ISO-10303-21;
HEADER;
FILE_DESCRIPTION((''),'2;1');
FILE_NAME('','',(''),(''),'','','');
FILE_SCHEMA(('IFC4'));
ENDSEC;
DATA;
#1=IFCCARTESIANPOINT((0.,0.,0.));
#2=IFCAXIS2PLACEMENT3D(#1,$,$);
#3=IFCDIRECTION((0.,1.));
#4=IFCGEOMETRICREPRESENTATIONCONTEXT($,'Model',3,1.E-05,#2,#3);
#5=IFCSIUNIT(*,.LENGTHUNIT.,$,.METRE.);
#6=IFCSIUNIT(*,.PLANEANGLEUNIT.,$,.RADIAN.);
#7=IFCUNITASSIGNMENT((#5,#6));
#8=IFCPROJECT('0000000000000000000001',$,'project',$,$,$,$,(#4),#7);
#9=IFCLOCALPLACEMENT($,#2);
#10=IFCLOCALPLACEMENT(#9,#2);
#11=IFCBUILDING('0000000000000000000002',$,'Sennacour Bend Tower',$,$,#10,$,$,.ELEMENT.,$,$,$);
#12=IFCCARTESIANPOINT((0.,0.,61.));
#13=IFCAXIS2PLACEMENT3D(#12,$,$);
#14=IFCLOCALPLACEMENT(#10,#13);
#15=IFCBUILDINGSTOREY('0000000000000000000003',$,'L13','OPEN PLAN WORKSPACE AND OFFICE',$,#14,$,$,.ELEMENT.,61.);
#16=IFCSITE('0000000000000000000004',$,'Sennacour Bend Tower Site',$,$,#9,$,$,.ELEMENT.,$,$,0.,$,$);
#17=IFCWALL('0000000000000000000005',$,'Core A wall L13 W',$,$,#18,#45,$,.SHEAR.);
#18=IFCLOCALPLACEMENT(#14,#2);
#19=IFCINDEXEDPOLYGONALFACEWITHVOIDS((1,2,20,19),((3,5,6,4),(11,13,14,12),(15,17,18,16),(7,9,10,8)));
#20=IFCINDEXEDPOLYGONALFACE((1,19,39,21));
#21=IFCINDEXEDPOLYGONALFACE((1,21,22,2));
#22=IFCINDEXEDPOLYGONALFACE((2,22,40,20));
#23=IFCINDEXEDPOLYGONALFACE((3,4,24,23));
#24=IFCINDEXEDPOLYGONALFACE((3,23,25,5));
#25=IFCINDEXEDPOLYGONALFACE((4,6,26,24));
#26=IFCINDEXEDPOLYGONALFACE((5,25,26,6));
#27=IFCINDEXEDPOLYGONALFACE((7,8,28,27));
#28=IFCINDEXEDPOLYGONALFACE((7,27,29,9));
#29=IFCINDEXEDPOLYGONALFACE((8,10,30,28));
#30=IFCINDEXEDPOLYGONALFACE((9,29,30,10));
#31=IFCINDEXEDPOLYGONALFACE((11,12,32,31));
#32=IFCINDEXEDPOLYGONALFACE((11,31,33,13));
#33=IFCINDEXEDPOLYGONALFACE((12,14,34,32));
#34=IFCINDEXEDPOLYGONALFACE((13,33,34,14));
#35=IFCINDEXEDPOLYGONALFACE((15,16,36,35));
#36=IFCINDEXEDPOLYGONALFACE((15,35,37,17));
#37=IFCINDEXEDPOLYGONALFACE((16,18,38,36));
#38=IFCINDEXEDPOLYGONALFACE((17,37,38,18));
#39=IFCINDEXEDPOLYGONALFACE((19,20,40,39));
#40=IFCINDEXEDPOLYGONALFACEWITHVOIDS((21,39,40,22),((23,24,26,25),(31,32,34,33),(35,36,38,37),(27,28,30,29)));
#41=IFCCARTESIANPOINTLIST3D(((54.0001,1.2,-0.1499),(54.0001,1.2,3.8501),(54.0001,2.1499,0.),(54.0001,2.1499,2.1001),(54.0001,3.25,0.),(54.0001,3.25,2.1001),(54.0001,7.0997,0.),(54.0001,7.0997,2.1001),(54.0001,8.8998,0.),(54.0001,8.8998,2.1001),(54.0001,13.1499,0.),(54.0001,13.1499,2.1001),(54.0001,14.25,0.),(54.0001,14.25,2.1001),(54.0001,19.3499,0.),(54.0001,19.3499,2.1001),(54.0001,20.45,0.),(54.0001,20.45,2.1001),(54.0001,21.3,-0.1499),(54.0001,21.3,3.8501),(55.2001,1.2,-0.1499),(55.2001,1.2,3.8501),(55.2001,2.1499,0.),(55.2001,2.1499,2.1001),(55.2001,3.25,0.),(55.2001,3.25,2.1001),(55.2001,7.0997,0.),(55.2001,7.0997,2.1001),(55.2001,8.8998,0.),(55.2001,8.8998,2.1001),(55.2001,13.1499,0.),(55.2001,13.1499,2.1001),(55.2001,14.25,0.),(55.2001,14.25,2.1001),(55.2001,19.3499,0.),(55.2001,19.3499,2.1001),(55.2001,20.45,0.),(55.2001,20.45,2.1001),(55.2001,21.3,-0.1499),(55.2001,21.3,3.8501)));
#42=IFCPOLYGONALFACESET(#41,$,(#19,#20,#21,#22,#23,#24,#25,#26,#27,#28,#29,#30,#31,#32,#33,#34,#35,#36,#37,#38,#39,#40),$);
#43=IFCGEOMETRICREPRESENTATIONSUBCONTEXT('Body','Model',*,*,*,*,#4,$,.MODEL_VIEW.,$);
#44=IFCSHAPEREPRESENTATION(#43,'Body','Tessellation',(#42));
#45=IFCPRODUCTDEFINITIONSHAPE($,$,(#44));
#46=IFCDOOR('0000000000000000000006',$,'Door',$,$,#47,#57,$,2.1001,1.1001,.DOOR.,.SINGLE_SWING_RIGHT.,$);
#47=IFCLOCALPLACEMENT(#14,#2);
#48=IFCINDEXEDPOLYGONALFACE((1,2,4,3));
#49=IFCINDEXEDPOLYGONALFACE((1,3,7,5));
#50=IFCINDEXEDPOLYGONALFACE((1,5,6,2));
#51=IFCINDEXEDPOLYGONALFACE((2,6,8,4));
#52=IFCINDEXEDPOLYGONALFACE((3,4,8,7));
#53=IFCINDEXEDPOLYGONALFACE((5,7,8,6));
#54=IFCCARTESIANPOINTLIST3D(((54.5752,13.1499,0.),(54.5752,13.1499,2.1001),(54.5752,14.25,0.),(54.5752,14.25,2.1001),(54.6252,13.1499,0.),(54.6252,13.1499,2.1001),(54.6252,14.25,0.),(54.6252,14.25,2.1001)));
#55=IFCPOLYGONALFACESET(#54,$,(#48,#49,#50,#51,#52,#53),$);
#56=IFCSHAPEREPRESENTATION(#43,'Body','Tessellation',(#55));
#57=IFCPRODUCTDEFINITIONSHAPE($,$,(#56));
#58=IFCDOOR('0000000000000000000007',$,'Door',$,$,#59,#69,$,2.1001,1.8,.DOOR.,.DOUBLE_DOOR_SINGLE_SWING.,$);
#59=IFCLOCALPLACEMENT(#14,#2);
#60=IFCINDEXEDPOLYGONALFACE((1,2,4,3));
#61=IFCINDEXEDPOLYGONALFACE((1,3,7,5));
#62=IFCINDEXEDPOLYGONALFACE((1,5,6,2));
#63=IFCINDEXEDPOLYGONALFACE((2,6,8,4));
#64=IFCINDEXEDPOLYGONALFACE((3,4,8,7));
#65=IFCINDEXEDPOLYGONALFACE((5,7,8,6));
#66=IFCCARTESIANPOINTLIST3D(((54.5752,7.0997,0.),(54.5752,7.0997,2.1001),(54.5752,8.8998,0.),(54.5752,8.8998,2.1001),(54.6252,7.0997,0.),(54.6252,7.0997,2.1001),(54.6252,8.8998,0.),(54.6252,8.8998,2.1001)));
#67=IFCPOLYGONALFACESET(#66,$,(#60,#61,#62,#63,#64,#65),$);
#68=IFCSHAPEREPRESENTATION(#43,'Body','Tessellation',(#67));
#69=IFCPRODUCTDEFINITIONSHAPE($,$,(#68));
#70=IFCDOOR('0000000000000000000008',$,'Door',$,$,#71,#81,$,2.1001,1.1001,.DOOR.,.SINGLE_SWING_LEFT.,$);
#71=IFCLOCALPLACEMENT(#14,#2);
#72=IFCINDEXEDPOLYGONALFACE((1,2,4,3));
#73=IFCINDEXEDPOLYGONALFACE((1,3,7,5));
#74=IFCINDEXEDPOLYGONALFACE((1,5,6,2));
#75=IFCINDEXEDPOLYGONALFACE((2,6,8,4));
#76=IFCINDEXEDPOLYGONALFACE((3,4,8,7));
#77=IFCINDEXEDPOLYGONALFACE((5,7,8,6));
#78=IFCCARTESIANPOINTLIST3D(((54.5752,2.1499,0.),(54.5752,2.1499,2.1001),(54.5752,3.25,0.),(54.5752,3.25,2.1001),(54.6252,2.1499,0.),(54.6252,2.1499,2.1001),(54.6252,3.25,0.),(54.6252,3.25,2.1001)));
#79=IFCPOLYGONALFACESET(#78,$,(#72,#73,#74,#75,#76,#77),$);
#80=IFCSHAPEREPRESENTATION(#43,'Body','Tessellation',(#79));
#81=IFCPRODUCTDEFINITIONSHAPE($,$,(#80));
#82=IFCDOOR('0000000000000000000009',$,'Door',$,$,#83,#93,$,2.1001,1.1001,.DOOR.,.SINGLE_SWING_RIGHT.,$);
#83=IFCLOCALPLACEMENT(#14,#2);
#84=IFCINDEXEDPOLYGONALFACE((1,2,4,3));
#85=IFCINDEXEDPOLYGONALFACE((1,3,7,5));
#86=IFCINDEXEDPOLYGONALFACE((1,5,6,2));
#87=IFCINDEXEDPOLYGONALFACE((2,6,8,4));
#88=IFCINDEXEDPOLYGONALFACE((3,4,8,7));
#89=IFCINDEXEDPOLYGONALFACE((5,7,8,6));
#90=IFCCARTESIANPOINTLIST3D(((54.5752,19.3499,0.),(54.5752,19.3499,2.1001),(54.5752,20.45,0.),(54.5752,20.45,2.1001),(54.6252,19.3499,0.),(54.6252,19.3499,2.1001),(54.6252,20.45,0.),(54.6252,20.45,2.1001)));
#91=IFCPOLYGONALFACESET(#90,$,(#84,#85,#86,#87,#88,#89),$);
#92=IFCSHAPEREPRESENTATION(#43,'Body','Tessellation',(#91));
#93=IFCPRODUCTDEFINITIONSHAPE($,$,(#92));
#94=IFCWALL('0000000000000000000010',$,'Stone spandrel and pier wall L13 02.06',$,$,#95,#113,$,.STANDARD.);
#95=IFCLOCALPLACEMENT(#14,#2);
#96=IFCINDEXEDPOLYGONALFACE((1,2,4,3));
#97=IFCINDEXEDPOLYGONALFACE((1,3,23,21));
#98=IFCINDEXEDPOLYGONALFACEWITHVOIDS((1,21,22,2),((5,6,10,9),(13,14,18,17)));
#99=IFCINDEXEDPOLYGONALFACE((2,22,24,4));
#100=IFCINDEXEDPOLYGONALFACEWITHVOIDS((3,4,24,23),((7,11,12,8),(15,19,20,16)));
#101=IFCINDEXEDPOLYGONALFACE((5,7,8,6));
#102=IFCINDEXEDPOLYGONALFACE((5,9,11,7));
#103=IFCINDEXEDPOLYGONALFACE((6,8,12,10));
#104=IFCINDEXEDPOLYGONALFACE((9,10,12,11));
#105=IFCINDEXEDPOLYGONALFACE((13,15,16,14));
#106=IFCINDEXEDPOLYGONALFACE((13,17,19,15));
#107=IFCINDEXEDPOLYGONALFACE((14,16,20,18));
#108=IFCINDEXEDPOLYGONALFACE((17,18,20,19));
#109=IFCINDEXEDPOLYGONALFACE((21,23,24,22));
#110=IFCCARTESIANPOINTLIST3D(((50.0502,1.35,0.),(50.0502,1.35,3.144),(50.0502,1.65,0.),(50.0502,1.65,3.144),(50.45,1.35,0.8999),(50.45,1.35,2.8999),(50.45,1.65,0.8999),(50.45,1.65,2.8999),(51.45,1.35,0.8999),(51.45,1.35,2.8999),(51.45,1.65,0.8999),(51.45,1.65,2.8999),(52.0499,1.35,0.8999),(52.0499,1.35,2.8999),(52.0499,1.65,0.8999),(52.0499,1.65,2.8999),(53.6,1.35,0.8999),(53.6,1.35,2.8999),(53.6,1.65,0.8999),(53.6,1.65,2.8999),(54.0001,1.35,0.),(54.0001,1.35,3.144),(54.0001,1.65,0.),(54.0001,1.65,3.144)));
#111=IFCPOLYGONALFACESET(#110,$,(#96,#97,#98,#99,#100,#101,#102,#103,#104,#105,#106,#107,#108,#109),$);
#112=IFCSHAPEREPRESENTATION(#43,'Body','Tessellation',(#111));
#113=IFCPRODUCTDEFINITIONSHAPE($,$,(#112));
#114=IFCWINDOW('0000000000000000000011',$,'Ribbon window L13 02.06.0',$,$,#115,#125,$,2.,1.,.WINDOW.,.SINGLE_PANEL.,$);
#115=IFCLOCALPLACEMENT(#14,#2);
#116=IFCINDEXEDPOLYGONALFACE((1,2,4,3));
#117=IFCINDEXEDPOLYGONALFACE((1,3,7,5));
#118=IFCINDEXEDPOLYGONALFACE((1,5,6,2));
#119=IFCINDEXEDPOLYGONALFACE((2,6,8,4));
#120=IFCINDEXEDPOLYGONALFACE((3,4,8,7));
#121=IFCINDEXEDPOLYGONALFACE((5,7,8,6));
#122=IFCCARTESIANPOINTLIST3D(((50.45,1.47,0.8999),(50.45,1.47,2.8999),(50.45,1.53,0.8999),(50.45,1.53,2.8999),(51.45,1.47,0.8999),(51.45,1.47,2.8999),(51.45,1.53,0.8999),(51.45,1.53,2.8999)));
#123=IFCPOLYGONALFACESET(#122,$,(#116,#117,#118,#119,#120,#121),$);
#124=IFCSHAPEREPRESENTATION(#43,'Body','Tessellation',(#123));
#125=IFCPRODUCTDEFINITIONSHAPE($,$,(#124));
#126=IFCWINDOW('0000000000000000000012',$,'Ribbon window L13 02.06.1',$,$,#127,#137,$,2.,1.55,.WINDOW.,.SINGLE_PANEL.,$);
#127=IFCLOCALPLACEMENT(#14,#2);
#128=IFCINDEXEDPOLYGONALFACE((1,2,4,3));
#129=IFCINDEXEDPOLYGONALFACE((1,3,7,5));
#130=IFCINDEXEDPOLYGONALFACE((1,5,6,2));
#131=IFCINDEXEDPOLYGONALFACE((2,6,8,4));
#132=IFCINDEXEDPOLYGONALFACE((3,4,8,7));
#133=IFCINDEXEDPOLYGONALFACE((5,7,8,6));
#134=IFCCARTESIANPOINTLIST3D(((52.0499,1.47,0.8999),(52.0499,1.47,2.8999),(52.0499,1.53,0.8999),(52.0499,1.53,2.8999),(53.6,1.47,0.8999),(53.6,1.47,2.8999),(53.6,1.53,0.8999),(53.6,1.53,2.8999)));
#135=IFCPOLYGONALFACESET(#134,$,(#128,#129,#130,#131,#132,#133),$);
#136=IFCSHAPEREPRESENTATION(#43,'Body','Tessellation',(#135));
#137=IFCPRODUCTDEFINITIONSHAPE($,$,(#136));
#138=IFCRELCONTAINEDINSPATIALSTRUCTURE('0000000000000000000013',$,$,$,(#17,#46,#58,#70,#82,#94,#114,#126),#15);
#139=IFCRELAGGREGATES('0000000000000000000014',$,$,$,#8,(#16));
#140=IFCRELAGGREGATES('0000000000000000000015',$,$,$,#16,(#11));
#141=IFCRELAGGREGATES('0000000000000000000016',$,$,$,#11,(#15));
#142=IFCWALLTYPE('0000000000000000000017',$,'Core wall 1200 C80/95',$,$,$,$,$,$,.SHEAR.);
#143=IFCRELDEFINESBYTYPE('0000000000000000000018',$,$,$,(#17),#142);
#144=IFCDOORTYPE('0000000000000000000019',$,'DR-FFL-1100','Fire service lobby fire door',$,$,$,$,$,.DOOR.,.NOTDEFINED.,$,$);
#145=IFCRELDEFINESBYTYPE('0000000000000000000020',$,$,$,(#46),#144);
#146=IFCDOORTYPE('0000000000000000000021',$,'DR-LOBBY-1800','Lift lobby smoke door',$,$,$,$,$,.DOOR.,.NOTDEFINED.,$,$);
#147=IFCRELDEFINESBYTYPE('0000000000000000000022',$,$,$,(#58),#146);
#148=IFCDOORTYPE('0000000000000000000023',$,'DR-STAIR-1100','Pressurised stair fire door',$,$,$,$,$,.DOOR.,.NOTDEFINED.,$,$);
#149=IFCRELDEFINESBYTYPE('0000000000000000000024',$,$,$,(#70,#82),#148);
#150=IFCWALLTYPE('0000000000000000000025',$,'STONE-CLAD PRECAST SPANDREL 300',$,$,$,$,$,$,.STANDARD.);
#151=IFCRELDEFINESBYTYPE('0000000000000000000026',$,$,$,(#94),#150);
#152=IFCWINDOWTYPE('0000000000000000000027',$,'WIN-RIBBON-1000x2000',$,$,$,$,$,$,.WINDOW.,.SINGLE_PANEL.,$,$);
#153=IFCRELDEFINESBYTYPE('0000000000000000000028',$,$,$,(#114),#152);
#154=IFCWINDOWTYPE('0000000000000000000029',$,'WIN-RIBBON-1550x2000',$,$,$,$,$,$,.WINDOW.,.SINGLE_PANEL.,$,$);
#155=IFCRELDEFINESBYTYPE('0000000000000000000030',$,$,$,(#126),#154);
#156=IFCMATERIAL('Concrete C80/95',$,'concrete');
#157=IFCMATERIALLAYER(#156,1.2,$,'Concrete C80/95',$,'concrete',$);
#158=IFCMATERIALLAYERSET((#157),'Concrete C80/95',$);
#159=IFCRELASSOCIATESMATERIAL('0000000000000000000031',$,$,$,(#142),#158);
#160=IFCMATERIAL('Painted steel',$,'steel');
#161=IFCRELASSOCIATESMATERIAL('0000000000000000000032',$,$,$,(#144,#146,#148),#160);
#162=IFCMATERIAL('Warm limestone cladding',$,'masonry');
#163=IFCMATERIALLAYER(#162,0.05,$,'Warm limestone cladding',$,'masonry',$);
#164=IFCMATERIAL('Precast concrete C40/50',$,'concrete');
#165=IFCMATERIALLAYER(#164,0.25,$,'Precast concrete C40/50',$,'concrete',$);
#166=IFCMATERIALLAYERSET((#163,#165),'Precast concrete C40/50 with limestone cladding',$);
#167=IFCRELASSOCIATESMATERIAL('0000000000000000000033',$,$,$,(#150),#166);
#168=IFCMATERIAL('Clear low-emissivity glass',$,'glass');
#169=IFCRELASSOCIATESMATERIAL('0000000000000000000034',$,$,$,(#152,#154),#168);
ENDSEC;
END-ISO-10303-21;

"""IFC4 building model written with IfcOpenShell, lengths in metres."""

from ifc_helpers import new_model, si_unit, direction, frame, frame_2d, origin, place, context, subcontext, project, spatial, rectangle, extrude, material, layer, layer_set, type_object, element, fill, save


model = new_model("IFC4")

# Units and contexts
model_context = context("Model", 3, precision=1e-05, world=origin(), true_north=direction((0.0, 1.0)))
body_context = subcontext(model_context, "Body", "Model", "MODEL_VIEW")
ifc_project = project(units=[si_unit("LENGTHUNIT", "METRE"), si_unit("PLANEANGLEUNIT", "RADIAN")], contexts=[model_context])

# Site, building, storey
site_placement = place(None, origin())
site = spatial("IfcSite", under=ifc_project, at=site_placement, Name="Sennacour Bend Tower Site", CompositionType="ELEMENT", RefElevation=0.0)
building_placement = place(site_placement, origin())
building = spatial("IfcBuilding", under=site, at=building_placement, Name="Sennacour Bend Tower", CompositionType="ELEMENT")
storey_placement = place(building_placement, frame((0.0, 0.0, 61.0)))
storey = spatial("IfcBuildingStorey", under=building, at=storey_placement, Name="L13", Description="OPEN PLAN WORKSPACE AND OFFICE", CompositionType="ELEMENT", Elevation=61.0)

# Wall, openings, doors
ifc_material_1 = material(Name="Concrete C80/95", Category="concrete")
ifc_layer_1 = layer(ifc_material_1, 1.2, Name="Concrete C80/95", Category="concrete")
ifc_layer_set_1 = layer_set([ifc_layer_1], Name="Concrete C80/95")
wall_type_1 = type_object("IfcWallType", Name="Core wall 1200 C80/95", PredefinedType="SHEAR", material=ifc_layer_set_1)
wall_1_placement = place(storey_placement, frame((54.6001, 1.2, -0.1499), z_axis=(0.0, 0.0, 1.0), x_axis=(0.0, 1.0, 0.0)))
wall_1 = element("IfcWall", 1, at=wall_1_placement, inside=storey, type_object=wall_type_1, Name="Core A wall L13 W", PredefinedType="SHEAR", context=body_context, shape_type="SweptSolid", body=[
    extrude(rectangle(XDim=20.1001, YDim=1.2, at=frame_2d((10.05, 0.0))), origin(), (0.0, 0.0, 1.0), 4.0),
])
opening_1_placement = place(wall_1_placement, frame((5.8999, 0.0, 0.1499)))
opening_1 = element("IfcOpeningElement", 2, at=opening_1_placement, cuts=wall_1, PredefinedType="OPENING", context=body_context, shape_type="SweptSolid", body=[
    extrude(rectangle(XDim=1.8, YDim=2.1001, at=frame_2d((0.8999, 1.05))), frame((0.0, 0.6099, 0.0), z_axis=(0.0, -1.0, 0.0), x_axis=(1.0, 0.0, 0.0)), (0.0, 0.0, 1.0), 1.22),
])
opening_2_placement = place(wall_1_placement, frame((11.95, 0.0, 0.1499)))
opening_2 = element("IfcOpeningElement", 3, at=opening_2_placement, cuts=wall_1, PredefinedType="OPENING", context=body_context, shape_type="SweptSolid", body=[
    extrude(rectangle(XDim=1.1001, YDim=2.1001, at=frame_2d((0.55, 1.05))), frame((0.0, 0.6099, 0.0), z_axis=(0.0, -1.0, 0.0), x_axis=(1.0, 0.0, 0.0)), (0.0, 0.0, 1.0), 1.22),
])
opening_3_placement = place(wall_1_placement, frame((0.95, 0.0, 0.1499)))
opening_3 = element("IfcOpeningElement", 4, at=opening_3_placement, cuts=wall_1, PredefinedType="OPENING", context=body_context, shape_type="SweptSolid", body=[
    extrude(rectangle(XDim=1.1001, YDim=2.1001, at=frame_2d((0.55, 1.05))), frame((0.0, 0.6099, 0.0), z_axis=(0.0, -1.0, 0.0), x_axis=(1.0, 0.0, 0.0)), (0.0, 0.0, 1.0), 1.22),
])
opening_4_placement = place(wall_1_placement, frame((18.1499, 0.0, 0.1499)))
opening_4 = element("IfcOpeningElement", 5, at=opening_4_placement, cuts=wall_1, PredefinedType="OPENING", context=body_context, shape_type="SweptSolid", body=[
    extrude(rectangle(XDim=1.1001, YDim=2.1001, at=frame_2d((0.55, 1.05))), frame((0.0, 0.6099, 0.0), z_axis=(0.0, -1.0, 0.0), x_axis=(1.0, 0.0, 0.0)), (0.0, 0.0, 1.0), 1.22),
])
ifc_material_2 = material(Name="Painted steel", Category="steel")
door_type_1 = type_object("IfcDoorType", Name="DR-FFL-1100", Description="Fire service lobby fire door", OperationType="NOTDEFINED", PredefinedType="DOOR", material=ifc_material_2)
door_1_placement = place(opening_2_placement, origin())
door_1 = element("IfcDoor", 6, at=door_1_placement, inside=storey, type_object=door_type_1, Name="Door", OperationType="SINGLE_SWING_RIGHT", OverallHeight=2.1001, OverallWidth=1.1001, PredefinedType="DOOR", context=body_context, shape_type="SweptSolid", body=[
    extrude(rectangle(XDim=1.1001, YDim=2.1001, at=frame_2d((0.55, 1.05))), frame((0.0, 0.0249, 0.0), z_axis=(0.0, -1.0, 0.0), x_axis=(1.0, 0.0, 0.0)), (0.0, 0.0, 1.0), 0.05),
])
fill(opening_2, door_1)
door_type_2 = type_object("IfcDoorType", Name="DR-LOBBY-1800", Description="Lift lobby smoke door", OperationType="NOTDEFINED", PredefinedType="DOOR", material=ifc_material_2)
door_2_placement = place(opening_1_placement, origin())
door_2 = element("IfcDoor", 7, at=door_2_placement, inside=storey, type_object=door_type_2, Name="Door", OperationType="DOUBLE_DOOR_SINGLE_SWING", OverallHeight=2.1001, OverallWidth=1.8, PredefinedType="DOOR", context=body_context, shape_type="SweptSolid", body=[
    extrude(rectangle(XDim=1.8, YDim=2.1001, at=frame_2d((0.8999, 1.05))), frame((0.0, 0.0249, 0.0), z_axis=(0.0, -1.0, 0.0), x_axis=(1.0, 0.0, 0.0)), (0.0, 0.0, 1.0), 0.05),
])
fill(opening_1, door_2)
door_type_3 = type_object("IfcDoorType", Name="DR-STAIR-1100", Description="Pressurised stair fire door", OperationType="NOTDEFINED", PredefinedType="DOOR", material=ifc_material_2)
door_3_placement = place(opening_3_placement, origin())
door_3 = element("IfcDoor", 8, at=door_3_placement, inside=storey, type_object=door_type_3, Name="Door", OperationType="SINGLE_SWING_LEFT", OverallHeight=2.1001, OverallWidth=1.1001, PredefinedType="DOOR", context=body_context, shape_type="SweptSolid", body=[
    extrude(rectangle(XDim=1.1001, YDim=2.1001, at=frame_2d((0.55, 1.05))), frame((0.0, 0.0249, 0.0), z_axis=(0.0, -1.0, 0.0), x_axis=(1.0, 0.0, 0.0)), (0.0, 0.0, 1.0), 0.05),
])
fill(opening_3, door_3)
door_4_placement = place(opening_4_placement, origin())
door_4 = element("IfcDoor", 9, at=door_4_placement, inside=storey, type_object=door_type_3, Name="Door", OperationType="SINGLE_SWING_RIGHT", OverallHeight=2.1001, OverallWidth=1.1001, PredefinedType="DOOR", context=body_context, shape_type="SweptSolid", body=[
    extrude(rectangle(XDim=1.1001, YDim=2.1001, at=frame_2d((0.55, 1.05))), frame((0.0, 0.0249, 0.0), z_axis=(0.0, -1.0, 0.0), x_axis=(1.0, 0.0, 0.0)), (0.0, 0.0, 1.0), 0.05),
])
fill(opening_4, door_4)

# Wall, openings, windows
ifc_material_3 = material(Name="Warm limestone cladding", Category="masonry")
ifc_layer_2 = layer(ifc_material_3, 0.05, Name="Warm limestone cladding", Category="masonry")
ifc_material_4 = material(Name="Precast concrete C40/50", Category="concrete")
ifc_layer_3 = layer(ifc_material_4, 0.25, Name="Precast concrete C40/50", Category="concrete")
ifc_layer_set_2 = layer_set([ifc_layer_2, ifc_layer_3], Name="Precast concrete C40/50 with limestone cladding")
wall_type_2 = type_object("IfcWallType", Name="STONE-CLAD PRECAST SPANDREL 300", PredefinedType="STANDARD", material=ifc_layer_set_2)
wall_2_placement = place(storey_placement, frame((50.05, 1.5, 0.0), z_axis=(0.0, 0.0, 1.0), x_axis=(1.0, 0.0, 0.0)))
wall_2 = element("IfcWall", 10, at=wall_2_placement, inside=storey, type_object=wall_type_2, Name="Stone spandrel and pier wall L13 02.06", PredefinedType="STANDARD", context=body_context, shape_type="SweptSolid", body=[
    extrude(rectangle(XDim=3.95, YDim=0.3, at=frame_2d((1.9751, 0.0))), origin(), (0.0, 0.0, 1.0), 3.144),
])
opening_5_placement = place(wall_2_placement, frame((0.3999, 0.0, 0.8999)))
opening_5 = element("IfcOpeningElement", 11, at=opening_5_placement, cuts=wall_2, PredefinedType="OPENING", context=body_context, shape_type="SweptSolid", body=[
    extrude(rectangle(XDim=1.0, YDim=2.0, at=frame_2d((0.5, 1.0))), frame((0.0, 0.1602, 0.0), z_axis=(0.0, -1.0, 0.0), x_axis=(1.0, 0.0, 0.0)), (0.0, 0.0, 1.0), 0.3201),
])
opening_6_placement = place(wall_2_placement, frame((2.0, 0.0, 0.8999)))
opening_6 = element("IfcOpeningElement", 12, at=opening_6_placement, cuts=wall_2, PredefinedType="OPENING", context=body_context, shape_type="SweptSolid", body=[
    extrude(rectangle(XDim=1.55, YDim=2.0, at=frame_2d((0.7749, 1.0))), frame((0.0, 0.1602, 0.0), z_axis=(0.0, -1.0, 0.0), x_axis=(1.0, 0.0, 0.0)), (0.0, 0.0, 1.0), 0.3201),
])
ifc_material_5 = material(Name="Clear low-emissivity glass", Category="glass")
window_type_1 = type_object("IfcWindowType", Name="WIN-RIBBON-1000x2000", PartitioningType="SINGLE_PANEL", PredefinedType="WINDOW", material=ifc_material_5)
window_1_placement = place(opening_5_placement, origin())
window_1 = element("IfcWindow", 13, at=window_1_placement, inside=storey, type_object=window_type_1, Name="Ribbon window L13 02.06.0", OverallHeight=2.0, OverallWidth=1.0, PartitioningType="SINGLE_PANEL", PredefinedType="WINDOW", context=body_context, shape_type="SweptSolid", body=[
    extrude(rectangle(XDim=1.0, YDim=2.0, at=frame_2d((0.5, 1.0))), frame((0.0, 0.03, 0.0), z_axis=(0.0, -1.0, 0.0), x_axis=(1.0, 0.0, 0.0)), (0.0, 0.0, 1.0), 0.0601),
])
fill(opening_5, window_1)
window_type_2 = type_object("IfcWindowType", Name="WIN-RIBBON-1550x2000", PartitioningType="SINGLE_PANEL", PredefinedType="WINDOW", material=ifc_material_5)
window_2_placement = place(opening_6_placement, origin())
window_2 = element("IfcWindow", 14, at=window_2_placement, inside=storey, type_object=window_type_2, Name="Ribbon window L13 02.06.1", OverallHeight=2.0, OverallWidth=1.55, PartitioningType="SINGLE_PANEL", PredefinedType="WINDOW", context=body_context, shape_type="SweptSolid", body=[
    extrude(rectangle(XDim=1.55, YDim=2.0, at=frame_2d((0.7749, 1.0))), frame((0.0, 0.03, 0.0), z_axis=(0.0, -1.0, 0.0), x_axis=(1.0, 0.0, 0.0)), (0.0, 0.0, 1.0), 0.0601),
])
fill(opening_6, window_2)

save(model, "model.ifc")
